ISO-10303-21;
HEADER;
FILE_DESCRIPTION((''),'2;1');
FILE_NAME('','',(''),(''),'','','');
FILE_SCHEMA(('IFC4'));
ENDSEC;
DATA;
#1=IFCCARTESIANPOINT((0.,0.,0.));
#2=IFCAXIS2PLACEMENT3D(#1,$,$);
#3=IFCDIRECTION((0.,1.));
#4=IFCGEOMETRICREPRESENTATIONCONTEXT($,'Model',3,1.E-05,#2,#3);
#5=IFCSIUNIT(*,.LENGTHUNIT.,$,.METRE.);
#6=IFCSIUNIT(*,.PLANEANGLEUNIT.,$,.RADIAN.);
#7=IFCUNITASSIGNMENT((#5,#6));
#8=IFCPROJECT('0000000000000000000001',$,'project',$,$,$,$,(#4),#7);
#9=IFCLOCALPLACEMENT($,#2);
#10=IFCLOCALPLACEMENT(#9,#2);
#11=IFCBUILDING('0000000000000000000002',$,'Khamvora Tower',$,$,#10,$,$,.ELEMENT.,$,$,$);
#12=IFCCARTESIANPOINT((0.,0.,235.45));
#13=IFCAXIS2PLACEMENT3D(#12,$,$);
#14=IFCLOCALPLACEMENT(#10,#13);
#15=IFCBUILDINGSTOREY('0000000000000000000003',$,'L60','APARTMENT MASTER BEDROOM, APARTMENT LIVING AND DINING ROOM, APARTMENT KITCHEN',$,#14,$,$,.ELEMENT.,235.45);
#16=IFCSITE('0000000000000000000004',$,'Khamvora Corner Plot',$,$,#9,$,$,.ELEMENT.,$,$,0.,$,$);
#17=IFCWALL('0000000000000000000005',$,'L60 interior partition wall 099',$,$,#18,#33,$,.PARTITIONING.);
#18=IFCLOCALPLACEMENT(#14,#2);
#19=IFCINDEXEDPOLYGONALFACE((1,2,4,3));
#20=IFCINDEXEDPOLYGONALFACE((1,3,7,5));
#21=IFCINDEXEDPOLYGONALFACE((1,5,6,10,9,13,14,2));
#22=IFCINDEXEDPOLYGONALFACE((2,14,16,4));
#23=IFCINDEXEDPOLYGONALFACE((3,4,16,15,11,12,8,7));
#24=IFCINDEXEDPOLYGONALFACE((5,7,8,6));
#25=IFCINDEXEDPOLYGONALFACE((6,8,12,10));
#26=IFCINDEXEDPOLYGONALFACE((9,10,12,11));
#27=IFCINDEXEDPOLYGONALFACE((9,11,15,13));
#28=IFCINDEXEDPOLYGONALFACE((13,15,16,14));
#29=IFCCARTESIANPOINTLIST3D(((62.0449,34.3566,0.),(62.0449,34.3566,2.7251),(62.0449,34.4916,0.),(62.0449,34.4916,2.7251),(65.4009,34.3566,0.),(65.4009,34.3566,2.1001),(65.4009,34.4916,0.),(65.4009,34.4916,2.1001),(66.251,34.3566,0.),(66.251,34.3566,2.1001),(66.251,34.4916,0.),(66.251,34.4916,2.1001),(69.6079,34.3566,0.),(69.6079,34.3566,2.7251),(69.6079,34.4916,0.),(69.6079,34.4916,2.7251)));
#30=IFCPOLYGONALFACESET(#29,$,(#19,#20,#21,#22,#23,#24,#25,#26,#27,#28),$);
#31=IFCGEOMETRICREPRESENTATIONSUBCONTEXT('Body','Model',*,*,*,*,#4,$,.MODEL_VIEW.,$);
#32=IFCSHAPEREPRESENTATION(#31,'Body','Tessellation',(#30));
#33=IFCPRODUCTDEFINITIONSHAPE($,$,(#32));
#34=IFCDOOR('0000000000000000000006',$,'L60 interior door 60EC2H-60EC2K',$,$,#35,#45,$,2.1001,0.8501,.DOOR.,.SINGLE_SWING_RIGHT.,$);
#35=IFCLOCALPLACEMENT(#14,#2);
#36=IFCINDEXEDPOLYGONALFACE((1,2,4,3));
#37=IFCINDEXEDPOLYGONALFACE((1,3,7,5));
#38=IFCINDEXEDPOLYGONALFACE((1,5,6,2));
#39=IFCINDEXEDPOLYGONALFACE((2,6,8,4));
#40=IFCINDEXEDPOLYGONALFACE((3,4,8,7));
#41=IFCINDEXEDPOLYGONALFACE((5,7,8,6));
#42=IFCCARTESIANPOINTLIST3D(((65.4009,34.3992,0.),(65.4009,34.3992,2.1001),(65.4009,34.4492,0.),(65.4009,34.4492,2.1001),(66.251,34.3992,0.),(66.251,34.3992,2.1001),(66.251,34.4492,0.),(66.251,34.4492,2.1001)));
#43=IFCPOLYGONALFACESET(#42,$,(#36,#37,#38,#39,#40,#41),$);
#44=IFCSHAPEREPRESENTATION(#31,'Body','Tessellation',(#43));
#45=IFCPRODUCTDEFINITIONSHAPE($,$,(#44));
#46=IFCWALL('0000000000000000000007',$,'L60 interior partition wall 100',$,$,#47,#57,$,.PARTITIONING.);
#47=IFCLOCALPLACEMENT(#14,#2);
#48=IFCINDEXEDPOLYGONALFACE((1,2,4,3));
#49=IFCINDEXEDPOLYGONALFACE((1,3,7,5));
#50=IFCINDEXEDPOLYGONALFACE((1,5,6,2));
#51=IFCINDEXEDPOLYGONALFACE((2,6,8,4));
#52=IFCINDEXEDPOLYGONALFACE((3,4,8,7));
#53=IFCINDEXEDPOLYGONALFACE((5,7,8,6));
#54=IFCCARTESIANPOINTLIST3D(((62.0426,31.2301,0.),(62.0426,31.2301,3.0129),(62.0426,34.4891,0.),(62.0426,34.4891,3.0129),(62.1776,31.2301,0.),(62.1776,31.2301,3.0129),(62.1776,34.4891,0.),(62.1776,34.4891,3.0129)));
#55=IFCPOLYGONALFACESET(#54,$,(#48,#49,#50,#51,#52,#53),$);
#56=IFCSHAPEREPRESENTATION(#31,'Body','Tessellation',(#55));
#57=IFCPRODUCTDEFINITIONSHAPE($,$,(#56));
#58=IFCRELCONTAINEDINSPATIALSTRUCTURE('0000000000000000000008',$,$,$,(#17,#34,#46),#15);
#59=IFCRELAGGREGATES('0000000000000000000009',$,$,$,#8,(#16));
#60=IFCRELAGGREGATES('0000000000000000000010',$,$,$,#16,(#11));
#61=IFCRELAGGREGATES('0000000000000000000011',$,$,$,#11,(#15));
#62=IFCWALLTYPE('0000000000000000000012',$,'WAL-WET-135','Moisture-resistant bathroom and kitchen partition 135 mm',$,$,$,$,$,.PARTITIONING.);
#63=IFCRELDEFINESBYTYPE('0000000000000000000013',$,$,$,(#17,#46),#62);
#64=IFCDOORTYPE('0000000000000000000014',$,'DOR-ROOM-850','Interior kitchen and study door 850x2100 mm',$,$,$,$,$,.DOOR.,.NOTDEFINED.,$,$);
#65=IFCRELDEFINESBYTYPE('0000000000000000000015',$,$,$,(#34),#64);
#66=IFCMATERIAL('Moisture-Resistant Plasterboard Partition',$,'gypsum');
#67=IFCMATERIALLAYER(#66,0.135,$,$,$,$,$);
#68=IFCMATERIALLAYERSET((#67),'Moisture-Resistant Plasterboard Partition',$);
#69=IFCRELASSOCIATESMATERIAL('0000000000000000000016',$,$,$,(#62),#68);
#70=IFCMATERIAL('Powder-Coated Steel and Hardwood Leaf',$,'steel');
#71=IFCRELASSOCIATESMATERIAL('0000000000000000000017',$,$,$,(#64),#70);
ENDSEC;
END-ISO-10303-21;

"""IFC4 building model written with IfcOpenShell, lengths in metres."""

from ifc_helpers import new_model, si_unit, direction, frame, frame_2d, origin, place, context, subcontext, project, spatial, rectangle, extrude, material, layer, layer_set, type_object, element, fill, save


model = new_model("IFC4")

# Units and contexts
model_context = context("Model", 3, precision=1e-05, world=origin(), true_north=direction((0.0, 1.0)))
body_context = subcontext(model_context, "Body", "Model", "MODEL_VIEW")
ifc_project = project(units=[si_unit("LENGTHUNIT", "METRE"), si_unit("PLANEANGLEUNIT", "RADIAN")], contexts=[model_context])

# Site, building, storey
site_placement = place(None, origin())
site = spatial("IfcSite", under=ifc_project, at=site_placement, Name="Khamvora Corner Plot", CompositionType="ELEMENT", RefElevation=0.0)
building_placement = place(site_placement, origin())
building = spatial("IfcBuilding", under=site, at=building_placement, Name="Khamvora Tower", CompositionType="ELEMENT")
storey_placement = place(building_placement, frame((0.0, 0.0, 235.45)))
storey = spatial("IfcBuildingStorey", under=building, at=storey_placement, Name="L60", Description="APARTMENT MASTER BEDROOM, APARTMENT LIVING AND DINING ROOM, APARTMENT KITCHEN", CompositionType="ELEMENT", Elevation=235.45)

# Shared definitions
ifc_material_1 = material(Name="Powder-Coated Steel and Hardwood Leaf", Category="steel")

# Shared definitions
ifc_material_2 = material(Name="Moisture-Resistant Plasterboard Partition", Category="gypsum")
ifc_layer_1 = layer(ifc_material_2, 0.135)
ifc_layer_set_1 = layer_set([ifc_layer_1], Name="Moisture-Resistant Plasterboard Partition")
wall_type_1 = type_object("IfcWallType", Name="WAL-WET-135", Description="Moisture-resistant bathroom and kitchen partition 135 mm", PredefinedType="PARTITIONING", material=ifc_layer_set_1)

# Wall, opening, door
wall_1_placement = place(storey_placement, frame((69.6079, 34.4241, 0.0), z_axis=(0.0, 0.0, 1.0), x_axis=(-1.0, 0.0, 0.0)))
wall_1 = element("IfcWall", 1, at=wall_1_placement, inside=storey, type_object=wall_type_1, Name="L60 interior partition wall 099", PredefinedType="PARTITIONING", context=body_context, shape_type="SweptSolid", body=[
    extrude(rectangle(XDim=7.563, YDim=0.135, at=frame_2d((3.7815, 0.0))), origin(), (0.0, 0.0, 1.0), 2.7251),
])
opening_1_placement = place(wall_1_placement, frame((3.3569, 0.0, 0.0)))
opening_1 = element("IfcOpeningElement", 2, at=opening_1_placement, cuts=wall_1, PredefinedType="OPENING", context=body_context, shape_type="SweptSolid", body=[
    extrude(rectangle(XDim=0.8501, YDim=2.1001, at=frame_2d((0.425, 1.05))), frame((0.0, 0.0774, 0.0), z_axis=(0.0, -1.0, 0.0), x_axis=(1.0, 0.0, 0.0)), (0.0, 0.0, 1.0), 0.155),
])
door_type_1 = type_object("IfcDoorType", Name="DOR-ROOM-850", Description="Interior kitchen and study door 850x2100 mm", OperationType="NOTDEFINED", PredefinedType="DOOR", material=ifc_material_1)
door_1_placement = place(opening_1_placement, origin())
door_1 = element("IfcDoor", 3, at=door_1_placement, inside=storey, type_object=door_type_1, Name="L60 interior door 60EC2H-60EC2K", OperationType="SINGLE_SWING_RIGHT", OverallHeight=2.1001, OverallWidth=0.8501, PredefinedType="DOOR", context=body_context, shape_type="SweptSolid", body=[
    extrude(rectangle(XDim=0.8501, YDim=2.1001, at=frame_2d((0.425, 1.05))), frame((0.0, 0.0249, 0.0), z_axis=(0.0, -1.0, 0.0), x_axis=(1.0, 0.0, 0.0)), (0.0, 0.0, 1.0), 0.05),
])
fill(opening_1, door_1)

# Wall
wall_2_placement = place(storey_placement, frame((62.1101, 34.489, 0.0), z_axis=(0.0, 0.0, 1.0), x_axis=(0.0, -1.0, 0.0)))
element("IfcWall", 4, at=wall_2_placement, inside=storey, type_object=wall_type_1, Name="L60 interior partition wall 100", PredefinedType="PARTITIONING", context=body_context, shape_type="SweptSolid", body=[
    extrude(rectangle(XDim=3.259, YDim=0.135, at=frame_2d((1.6294, 0.0))), origin(), (0.0, 0.0, 1.0), 3.0129),
])

save(model, "model.ifc")
